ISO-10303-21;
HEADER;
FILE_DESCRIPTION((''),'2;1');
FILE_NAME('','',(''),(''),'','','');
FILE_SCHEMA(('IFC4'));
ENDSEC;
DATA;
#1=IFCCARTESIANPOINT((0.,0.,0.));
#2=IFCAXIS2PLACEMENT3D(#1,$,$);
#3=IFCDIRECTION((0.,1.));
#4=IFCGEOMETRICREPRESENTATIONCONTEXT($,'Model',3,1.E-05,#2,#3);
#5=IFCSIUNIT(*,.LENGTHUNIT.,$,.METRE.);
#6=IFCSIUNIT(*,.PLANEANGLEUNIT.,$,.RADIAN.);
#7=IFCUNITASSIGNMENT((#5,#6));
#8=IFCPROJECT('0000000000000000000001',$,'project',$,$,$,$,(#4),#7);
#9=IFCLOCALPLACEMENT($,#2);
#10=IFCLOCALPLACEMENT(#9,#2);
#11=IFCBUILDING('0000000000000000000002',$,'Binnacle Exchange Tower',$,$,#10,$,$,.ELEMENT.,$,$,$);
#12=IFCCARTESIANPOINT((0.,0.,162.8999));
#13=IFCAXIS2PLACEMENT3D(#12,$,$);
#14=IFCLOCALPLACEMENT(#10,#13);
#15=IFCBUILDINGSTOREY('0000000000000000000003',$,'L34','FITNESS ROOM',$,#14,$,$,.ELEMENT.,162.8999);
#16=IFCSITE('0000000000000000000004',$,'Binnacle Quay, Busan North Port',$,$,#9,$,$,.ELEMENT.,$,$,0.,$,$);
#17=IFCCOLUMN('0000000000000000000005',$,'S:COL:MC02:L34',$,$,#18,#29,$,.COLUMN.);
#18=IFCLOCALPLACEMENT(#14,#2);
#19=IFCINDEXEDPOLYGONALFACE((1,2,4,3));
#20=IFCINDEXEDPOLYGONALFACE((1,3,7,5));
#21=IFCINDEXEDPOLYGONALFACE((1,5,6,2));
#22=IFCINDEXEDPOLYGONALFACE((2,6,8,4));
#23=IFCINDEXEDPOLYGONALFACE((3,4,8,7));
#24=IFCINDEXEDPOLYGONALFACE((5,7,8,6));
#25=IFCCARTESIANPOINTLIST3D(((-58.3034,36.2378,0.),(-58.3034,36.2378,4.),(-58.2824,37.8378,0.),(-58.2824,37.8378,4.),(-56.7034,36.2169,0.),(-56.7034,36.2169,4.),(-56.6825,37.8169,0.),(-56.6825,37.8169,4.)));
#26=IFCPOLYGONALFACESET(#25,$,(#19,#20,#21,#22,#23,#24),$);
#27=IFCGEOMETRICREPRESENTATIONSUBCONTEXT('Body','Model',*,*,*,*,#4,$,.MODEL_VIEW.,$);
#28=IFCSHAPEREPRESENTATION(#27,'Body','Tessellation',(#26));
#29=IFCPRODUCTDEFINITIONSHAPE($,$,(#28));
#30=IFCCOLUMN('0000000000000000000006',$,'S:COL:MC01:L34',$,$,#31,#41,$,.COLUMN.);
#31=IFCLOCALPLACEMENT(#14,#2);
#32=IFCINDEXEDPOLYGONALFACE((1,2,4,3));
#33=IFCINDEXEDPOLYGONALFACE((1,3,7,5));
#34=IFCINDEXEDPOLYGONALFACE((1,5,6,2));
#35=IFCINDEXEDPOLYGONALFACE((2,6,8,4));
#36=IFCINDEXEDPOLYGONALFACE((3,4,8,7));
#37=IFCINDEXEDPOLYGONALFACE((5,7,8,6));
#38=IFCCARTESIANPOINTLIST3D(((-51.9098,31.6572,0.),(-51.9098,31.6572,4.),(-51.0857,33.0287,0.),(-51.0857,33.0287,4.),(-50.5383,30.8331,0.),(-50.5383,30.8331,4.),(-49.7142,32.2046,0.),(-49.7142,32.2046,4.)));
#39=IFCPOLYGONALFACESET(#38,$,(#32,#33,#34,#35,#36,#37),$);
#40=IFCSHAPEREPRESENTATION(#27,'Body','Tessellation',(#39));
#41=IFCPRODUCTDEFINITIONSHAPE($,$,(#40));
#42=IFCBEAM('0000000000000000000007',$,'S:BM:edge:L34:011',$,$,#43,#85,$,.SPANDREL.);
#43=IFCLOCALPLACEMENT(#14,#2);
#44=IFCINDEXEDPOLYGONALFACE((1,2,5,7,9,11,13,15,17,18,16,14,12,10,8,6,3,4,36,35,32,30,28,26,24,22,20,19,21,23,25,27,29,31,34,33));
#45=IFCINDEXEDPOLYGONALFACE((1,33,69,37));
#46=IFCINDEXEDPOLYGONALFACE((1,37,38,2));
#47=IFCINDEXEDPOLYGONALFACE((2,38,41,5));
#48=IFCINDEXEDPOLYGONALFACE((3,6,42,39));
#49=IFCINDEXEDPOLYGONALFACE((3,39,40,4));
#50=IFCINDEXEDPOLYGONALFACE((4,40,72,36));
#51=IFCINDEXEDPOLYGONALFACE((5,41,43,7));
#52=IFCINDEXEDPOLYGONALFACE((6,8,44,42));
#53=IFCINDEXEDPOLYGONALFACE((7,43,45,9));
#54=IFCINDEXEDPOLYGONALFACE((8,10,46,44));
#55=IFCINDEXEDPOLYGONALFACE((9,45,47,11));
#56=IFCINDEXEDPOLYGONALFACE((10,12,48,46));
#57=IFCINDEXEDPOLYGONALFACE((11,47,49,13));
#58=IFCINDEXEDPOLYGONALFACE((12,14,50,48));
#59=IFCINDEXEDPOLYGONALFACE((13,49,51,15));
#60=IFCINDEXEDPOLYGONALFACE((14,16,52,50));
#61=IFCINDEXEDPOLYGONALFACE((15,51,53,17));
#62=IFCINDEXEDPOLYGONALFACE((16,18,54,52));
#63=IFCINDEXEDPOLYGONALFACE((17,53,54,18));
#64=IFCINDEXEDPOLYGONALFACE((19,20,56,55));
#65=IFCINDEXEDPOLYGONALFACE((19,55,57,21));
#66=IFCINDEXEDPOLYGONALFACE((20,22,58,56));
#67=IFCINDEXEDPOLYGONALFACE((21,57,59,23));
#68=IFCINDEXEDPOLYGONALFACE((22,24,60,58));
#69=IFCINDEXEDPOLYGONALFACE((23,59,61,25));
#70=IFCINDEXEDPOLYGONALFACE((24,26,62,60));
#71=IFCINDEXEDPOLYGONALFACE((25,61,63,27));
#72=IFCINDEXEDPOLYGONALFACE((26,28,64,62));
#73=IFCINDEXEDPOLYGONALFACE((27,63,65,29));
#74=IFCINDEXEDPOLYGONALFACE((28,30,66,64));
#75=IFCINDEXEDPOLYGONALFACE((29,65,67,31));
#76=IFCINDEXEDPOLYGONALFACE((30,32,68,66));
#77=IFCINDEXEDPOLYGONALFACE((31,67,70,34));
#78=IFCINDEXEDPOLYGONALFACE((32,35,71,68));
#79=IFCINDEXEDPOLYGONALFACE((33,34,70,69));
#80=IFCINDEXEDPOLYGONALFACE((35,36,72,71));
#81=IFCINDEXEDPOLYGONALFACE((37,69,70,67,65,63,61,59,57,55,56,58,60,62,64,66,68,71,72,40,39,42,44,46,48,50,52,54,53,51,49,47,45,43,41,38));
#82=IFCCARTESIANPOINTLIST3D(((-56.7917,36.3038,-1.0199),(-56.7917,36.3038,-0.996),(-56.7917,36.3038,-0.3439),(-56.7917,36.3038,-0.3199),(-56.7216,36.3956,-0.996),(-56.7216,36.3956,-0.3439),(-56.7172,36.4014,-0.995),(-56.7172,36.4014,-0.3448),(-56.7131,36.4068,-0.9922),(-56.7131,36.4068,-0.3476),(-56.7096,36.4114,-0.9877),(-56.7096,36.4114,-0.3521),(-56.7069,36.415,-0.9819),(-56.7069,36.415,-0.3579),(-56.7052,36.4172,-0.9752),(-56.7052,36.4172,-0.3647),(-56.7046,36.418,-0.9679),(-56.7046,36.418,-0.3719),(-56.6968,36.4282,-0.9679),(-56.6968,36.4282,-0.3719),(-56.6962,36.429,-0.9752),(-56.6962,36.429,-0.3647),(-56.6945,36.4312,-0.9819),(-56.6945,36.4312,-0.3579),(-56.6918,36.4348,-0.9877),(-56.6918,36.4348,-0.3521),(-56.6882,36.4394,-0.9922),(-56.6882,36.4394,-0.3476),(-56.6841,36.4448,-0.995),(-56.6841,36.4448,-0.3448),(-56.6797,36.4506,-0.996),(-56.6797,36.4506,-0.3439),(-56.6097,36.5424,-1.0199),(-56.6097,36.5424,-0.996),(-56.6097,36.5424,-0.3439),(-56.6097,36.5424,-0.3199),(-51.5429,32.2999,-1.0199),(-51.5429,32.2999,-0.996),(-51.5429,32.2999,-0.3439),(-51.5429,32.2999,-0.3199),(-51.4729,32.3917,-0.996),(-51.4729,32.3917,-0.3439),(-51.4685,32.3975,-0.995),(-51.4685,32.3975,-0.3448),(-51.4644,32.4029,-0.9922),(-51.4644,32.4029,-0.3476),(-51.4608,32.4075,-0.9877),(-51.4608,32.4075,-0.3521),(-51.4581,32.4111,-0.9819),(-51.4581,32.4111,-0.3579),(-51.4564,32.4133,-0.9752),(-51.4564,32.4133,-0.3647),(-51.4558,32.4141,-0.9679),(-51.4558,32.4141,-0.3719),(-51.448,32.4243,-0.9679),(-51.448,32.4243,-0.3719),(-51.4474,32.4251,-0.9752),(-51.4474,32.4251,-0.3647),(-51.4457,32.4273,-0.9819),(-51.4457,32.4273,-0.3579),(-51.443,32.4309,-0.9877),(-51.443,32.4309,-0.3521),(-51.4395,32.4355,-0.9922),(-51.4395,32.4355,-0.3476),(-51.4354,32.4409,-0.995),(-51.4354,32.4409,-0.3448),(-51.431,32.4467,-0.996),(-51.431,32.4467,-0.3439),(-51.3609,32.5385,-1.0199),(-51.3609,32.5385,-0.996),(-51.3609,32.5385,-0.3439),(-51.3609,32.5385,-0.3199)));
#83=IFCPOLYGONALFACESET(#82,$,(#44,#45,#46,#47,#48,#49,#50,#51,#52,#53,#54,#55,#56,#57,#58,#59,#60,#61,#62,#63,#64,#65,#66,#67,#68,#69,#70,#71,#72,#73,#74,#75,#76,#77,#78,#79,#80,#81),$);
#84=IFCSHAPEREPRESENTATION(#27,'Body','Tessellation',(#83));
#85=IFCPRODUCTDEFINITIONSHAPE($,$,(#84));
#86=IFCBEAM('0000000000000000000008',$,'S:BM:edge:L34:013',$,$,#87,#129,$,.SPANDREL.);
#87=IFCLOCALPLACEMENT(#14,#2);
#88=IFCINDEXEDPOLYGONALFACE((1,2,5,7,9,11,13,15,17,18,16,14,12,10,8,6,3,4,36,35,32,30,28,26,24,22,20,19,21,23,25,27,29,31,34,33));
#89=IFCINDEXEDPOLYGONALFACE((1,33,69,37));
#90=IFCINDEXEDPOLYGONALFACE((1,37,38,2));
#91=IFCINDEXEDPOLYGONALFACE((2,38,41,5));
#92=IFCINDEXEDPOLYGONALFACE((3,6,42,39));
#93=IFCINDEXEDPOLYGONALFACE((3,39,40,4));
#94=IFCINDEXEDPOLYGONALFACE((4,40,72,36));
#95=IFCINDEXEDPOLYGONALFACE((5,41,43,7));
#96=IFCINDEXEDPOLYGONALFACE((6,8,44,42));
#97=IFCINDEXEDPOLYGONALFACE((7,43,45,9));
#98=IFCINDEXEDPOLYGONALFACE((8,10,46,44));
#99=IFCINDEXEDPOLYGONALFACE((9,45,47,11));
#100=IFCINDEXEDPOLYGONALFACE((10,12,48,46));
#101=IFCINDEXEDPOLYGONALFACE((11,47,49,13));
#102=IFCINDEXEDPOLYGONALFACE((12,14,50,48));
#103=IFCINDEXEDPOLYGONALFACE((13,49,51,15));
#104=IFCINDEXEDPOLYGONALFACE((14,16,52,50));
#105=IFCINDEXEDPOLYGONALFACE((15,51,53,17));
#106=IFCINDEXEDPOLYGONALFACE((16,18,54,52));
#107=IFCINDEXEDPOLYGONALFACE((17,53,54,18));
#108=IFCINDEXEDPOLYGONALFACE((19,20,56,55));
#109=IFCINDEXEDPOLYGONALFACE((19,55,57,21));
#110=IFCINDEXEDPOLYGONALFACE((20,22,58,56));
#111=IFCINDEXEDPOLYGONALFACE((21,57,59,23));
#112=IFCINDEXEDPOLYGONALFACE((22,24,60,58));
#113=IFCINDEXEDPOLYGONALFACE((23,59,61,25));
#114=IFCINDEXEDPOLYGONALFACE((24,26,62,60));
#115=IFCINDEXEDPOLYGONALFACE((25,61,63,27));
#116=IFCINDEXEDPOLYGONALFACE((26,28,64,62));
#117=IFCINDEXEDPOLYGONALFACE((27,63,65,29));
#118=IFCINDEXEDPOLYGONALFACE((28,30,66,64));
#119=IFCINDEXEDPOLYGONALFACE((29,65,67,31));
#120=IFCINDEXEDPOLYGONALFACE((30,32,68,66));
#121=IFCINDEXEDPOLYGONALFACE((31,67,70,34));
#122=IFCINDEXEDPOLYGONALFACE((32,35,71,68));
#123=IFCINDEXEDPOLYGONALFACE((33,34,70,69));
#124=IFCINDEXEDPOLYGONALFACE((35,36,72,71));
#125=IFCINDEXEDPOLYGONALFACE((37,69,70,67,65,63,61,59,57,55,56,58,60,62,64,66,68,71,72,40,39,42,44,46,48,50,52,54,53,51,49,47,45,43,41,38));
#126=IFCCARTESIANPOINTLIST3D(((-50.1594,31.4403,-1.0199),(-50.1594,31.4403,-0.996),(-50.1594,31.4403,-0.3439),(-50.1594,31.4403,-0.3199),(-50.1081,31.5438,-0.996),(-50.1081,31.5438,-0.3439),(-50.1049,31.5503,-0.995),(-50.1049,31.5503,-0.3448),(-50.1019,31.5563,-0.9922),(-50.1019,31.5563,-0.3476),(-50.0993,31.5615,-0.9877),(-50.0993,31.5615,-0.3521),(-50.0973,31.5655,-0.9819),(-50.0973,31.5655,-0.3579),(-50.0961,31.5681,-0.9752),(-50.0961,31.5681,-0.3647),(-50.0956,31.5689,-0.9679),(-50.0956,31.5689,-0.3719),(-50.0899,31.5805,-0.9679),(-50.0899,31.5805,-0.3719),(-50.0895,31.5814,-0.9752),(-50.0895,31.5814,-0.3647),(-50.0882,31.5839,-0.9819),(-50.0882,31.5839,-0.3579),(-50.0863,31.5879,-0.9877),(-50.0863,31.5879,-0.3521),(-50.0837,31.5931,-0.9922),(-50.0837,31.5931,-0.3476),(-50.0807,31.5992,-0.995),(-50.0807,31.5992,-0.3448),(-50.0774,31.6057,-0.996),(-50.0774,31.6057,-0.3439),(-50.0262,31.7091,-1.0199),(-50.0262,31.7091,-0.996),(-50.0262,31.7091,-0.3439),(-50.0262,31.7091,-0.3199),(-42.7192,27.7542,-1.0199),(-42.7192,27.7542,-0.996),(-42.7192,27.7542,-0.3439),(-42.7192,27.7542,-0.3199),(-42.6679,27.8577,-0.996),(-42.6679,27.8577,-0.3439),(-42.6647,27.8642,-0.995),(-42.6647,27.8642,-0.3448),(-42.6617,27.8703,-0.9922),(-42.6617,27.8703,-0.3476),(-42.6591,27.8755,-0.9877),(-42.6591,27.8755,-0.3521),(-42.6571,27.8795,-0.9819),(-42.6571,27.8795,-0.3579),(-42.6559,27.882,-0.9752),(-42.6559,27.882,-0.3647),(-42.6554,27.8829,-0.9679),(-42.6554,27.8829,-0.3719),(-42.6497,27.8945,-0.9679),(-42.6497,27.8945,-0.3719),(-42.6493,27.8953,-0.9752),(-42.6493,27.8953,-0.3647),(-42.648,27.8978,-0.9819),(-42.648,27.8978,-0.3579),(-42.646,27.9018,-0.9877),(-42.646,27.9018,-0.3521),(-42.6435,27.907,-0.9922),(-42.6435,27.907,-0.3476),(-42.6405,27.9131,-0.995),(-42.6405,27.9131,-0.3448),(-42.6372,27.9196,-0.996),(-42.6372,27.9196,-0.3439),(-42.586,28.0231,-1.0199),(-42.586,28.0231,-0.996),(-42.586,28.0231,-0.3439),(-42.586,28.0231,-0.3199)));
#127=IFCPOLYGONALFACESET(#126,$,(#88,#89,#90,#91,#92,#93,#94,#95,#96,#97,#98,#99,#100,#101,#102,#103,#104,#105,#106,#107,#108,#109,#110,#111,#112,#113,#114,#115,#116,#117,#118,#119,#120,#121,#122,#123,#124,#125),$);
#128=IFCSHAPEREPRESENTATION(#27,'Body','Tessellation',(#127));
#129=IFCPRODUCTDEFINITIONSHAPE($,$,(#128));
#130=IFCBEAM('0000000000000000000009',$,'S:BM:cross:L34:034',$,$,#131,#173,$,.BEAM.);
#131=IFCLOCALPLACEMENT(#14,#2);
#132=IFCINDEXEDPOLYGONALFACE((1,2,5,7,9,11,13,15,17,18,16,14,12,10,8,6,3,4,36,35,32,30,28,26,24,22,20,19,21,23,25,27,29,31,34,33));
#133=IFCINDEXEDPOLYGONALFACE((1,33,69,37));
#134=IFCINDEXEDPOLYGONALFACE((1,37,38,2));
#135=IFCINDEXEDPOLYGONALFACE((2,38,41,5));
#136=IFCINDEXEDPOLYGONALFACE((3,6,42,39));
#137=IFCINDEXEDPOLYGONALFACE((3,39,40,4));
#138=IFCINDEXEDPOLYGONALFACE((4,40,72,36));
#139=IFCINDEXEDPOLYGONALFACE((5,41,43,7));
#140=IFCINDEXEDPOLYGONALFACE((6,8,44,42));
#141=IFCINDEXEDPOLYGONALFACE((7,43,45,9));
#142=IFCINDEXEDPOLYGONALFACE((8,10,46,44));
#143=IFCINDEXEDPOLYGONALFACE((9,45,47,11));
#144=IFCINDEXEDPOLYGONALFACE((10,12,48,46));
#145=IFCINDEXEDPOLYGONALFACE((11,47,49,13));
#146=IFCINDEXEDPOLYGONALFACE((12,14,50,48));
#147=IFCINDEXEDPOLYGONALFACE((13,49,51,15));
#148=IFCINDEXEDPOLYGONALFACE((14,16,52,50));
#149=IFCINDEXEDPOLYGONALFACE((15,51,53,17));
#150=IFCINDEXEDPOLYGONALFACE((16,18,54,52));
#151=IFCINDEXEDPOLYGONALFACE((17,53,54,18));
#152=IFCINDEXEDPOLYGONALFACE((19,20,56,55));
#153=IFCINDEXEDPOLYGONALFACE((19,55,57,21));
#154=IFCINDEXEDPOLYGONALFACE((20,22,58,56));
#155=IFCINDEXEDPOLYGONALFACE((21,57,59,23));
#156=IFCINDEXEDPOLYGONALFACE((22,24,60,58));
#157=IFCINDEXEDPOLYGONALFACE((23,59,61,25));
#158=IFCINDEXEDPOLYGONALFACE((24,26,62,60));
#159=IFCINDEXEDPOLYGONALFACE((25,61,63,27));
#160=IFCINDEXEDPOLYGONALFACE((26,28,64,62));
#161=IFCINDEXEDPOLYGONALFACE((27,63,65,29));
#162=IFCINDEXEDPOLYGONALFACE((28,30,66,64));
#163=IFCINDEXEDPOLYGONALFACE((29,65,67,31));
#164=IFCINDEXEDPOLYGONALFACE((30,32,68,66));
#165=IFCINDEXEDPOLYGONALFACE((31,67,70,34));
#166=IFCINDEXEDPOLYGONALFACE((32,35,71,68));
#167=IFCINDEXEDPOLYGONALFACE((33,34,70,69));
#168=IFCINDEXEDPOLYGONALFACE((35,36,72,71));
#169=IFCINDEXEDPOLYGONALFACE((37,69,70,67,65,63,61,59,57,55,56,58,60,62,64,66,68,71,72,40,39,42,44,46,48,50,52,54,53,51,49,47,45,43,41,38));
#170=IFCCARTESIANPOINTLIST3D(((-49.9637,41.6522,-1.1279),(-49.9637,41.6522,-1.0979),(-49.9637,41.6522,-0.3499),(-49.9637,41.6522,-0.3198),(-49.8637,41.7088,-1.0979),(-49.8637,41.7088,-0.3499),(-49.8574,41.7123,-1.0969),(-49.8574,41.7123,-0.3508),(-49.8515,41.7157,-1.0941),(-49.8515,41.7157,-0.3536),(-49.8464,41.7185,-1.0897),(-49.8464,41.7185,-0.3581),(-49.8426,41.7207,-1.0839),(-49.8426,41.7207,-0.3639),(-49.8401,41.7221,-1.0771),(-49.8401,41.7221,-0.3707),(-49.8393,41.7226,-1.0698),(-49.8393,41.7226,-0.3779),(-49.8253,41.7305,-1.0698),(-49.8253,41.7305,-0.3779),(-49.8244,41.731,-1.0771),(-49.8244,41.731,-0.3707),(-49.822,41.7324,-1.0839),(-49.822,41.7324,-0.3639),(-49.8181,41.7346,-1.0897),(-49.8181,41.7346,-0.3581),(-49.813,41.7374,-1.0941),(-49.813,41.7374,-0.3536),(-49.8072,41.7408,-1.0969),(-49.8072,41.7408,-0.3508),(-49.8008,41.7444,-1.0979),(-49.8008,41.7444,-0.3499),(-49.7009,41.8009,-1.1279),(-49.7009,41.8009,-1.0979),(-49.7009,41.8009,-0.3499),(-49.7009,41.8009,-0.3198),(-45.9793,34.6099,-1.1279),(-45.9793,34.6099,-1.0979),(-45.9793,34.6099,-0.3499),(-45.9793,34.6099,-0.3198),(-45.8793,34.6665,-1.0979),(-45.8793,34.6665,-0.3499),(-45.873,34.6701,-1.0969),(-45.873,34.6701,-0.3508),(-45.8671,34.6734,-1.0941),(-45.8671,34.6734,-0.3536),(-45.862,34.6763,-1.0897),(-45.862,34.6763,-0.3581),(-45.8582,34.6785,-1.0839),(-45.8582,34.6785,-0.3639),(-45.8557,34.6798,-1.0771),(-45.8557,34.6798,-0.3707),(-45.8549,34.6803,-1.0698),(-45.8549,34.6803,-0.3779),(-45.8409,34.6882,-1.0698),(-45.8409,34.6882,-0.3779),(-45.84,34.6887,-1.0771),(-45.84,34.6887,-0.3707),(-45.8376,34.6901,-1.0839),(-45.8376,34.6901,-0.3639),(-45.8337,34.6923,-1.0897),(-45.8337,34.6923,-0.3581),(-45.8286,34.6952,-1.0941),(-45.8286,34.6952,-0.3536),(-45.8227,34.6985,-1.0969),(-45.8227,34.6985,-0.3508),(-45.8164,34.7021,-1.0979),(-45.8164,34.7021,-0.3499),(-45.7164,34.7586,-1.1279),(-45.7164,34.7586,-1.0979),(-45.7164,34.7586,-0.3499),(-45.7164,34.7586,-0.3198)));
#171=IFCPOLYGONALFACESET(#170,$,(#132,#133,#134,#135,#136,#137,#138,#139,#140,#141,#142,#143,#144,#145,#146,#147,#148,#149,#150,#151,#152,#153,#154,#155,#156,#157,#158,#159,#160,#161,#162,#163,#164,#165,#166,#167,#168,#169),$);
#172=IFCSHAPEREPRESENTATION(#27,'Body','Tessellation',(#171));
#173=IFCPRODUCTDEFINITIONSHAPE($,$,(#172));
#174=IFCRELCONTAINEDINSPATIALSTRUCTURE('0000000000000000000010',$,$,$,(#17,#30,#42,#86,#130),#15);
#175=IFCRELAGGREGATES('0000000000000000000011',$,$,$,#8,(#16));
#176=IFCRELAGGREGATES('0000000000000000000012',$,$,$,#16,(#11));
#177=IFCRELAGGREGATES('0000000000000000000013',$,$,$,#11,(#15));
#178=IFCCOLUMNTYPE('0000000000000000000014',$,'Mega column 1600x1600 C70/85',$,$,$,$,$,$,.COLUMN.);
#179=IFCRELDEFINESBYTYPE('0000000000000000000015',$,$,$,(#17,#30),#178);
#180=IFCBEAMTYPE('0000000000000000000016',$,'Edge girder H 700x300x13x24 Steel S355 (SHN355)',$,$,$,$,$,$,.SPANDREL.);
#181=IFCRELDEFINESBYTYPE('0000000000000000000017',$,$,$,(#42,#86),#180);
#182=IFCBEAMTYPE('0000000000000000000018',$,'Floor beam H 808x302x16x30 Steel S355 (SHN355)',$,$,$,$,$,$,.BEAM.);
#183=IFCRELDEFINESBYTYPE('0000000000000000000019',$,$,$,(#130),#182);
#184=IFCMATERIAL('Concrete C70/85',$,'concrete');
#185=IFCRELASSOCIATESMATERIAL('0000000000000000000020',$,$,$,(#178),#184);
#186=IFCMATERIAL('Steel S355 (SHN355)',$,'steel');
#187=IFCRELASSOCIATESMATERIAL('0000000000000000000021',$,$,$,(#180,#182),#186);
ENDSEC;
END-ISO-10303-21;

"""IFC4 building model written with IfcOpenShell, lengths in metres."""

from ifc_helpers import new_model, si_unit, direction, frame, origin, origin_2d, place, context, subcontext, project, spatial, rectangle, i_section, extrude, material, material_profile, profile_set, type_object, element, save


model = new_model("IFC4")

# Units and contexts
model_context = context("Model", 3, precision=1e-05, world=origin(), true_north=direction((0.0, 1.0)))
body_context = subcontext(model_context, "Body", "Model", "MODEL_VIEW")
ifc_project = project(units=[si_unit("LENGTHUNIT", "METRE"), si_unit("PLANEANGLEUNIT", "RADIAN")], contexts=[model_context])

# Site, building, storey
site_placement = place(None, origin())
site = spatial("IfcSite", under=ifc_project, at=site_placement, Name="Binnacle Quay, Busan North Port", CompositionType="ELEMENT", RefElevation=0.0)
building_placement = place(site_placement, origin())
building = spatial("IfcBuilding", under=site, at=building_placement, Name="Binnacle Exchange Tower", CompositionType="ELEMENT")
storey_placement = place(building_placement, frame((0.0, 0.0, 162.8999)))
storey = spatial("IfcBuildingStorey", under=building, at=storey_placement, Name="L34", Description="FITNESS ROOM", CompositionType="ELEMENT", Elevation=162.8999)

# Columns
ifc_material_1 = material(Name="Concrete C70/85", Category="concrete")
ifc_material_profile_1 = material_profile(ifc_material_1, rectangle(XDim=1.6001, YDim=1.6001, at=origin_2d()), Name="Mega column 1600x1600 C70/85")
ifc_profile_set_1 = profile_set([ifc_material_profile_1], Name="Concrete C70/85")
column_type = type_object("IfcColumnType", Name="Mega column 1600x1600 C70/85", PredefinedType="COLUMN", material=ifc_profile_set_1)
for number, where, z_axis, x_axis, name in (
    (1, (-57.4929, 37.0273, 0.0), (0.0, 0.0, 1.0), (-0.01309, -0.999914, 0.0), "S:COL:MC02:L34"),
    (2, (-50.812, 31.9309, 0.0), (0.0, 0.0, 1.0), (0.857167, -0.515038, 0.0), "S:COL:MC01:L34"),
):
    element("IfcColumn", number, at=place(storey_placement, frame(where, z_axis=z_axis, x_axis=x_axis)), inside=storey, type_object=column_type, Name=name, PredefinedType="COLUMN", context=body_context, shape_type="SweptSolid", body=[
        extrude(rectangle(XDim=1.6001, YDim=1.6001, at=origin_2d()), origin(), (0.0, 0.0, 1.0), 4.0),
    ])

# Beams
ifc_material_2 = material(Name="Steel S355 (SHN355)", Category="steel")
ifc_material_profile_2 = material_profile(ifc_material_2, i_section(OverallWidth=0.3, OverallDepth=0.7, WebThickness=0.0129, FlangeThickness=0.0239, FilletRadius=0.0281, at=origin_2d()), Name="H 700x300x13x24")
ifc_profile_set_2 = profile_set([ifc_material_profile_2], Name="Steel S355 (SHN355)")
beam_type_1 = type_object("IfcBeamType", Name="Edge girder H 700x300x13x24 Steel S355 (SHN355)", PredefinedType="SPANDREL", material=ifc_profile_set_2)
beam_1_placement = place(storey_placement, frame((-56.7007, 36.4231, -0.6699), z_axis=(0.795078, -0.606507, 0.0), x_axis=(0.606507, 0.795078, 0.0)))
element("IfcBeam", 3, at=beam_1_placement, inside=storey, type_object=beam_type_1, Name="S:BM:edge:L34:011", PredefinedType="SPANDREL", context=body_context, shape_type="SweptSolid", body=[
    extrude(i_section(OverallWidth=0.3, OverallDepth=0.7, WebThickness=0.0129, FlangeThickness=0.0239, FilletRadius=0.0281, at=origin_2d()), origin(), (0.0, 0.0, 1.0), 6.6016),
])
beam_2_placement = place(storey_placement, frame((-50.0928, 31.5747, -0.6699), z_axis=(0.896062, -0.443929, 0.0), x_axis=(0.443929, 0.896062, 0.0)))
element("IfcBeam", 4, at=beam_2_placement, inside=storey, type_object=beam_type_1, Name="S:BM:edge:L34:013", PredefinedType="SPANDREL", context=body_context, shape_type="SweptSolid", body=[
    extrude(i_section(OverallWidth=0.3, OverallDepth=0.7, WebThickness=0.0129, FlangeThickness=0.0239, FilletRadius=0.0281, at=origin_2d()), origin(), (0.0, 0.0, 1.0), 8.3032),
])
ifc_material_profile_3 = material_profile(ifc_material_2, i_section(OverallWidth=0.302, OverallDepth=0.8081, WebThickness=0.0161, FlangeThickness=0.03, FilletRadius=0.0281, at=origin_2d()), Name="H 808x302x16x30")
ifc_profile_set_3 = profile_set([ifc_material_profile_3], Name="Steel S355 (SHN355)")
beam_type_2 = type_object("IfcBeamType", Name="Floor beam H 808x302x16x30 Steel S355 (SHN355)", PredefinedType="BEAM", material=ifc_profile_set_3)
beam_3_placement = place(storey_placement, frame((-49.8323, 41.7266, -0.7239), z_axis=(0.49243, -0.870352, 0.0), x_axis=(0.870352, 0.49243, 0.0)))
element("IfcBeam", 5, at=beam_3_placement, inside=storey, type_object=beam_type_2, Name="S:BM:cross:L34:034", PredefinedType="BEAM", context=body_context, shape_type="SweptSolid", body=[
    extrude(i_section(OverallWidth=0.302, OverallDepth=0.8081, WebThickness=0.0161, FlangeThickness=0.03, FilletRadius=0.0281, at=origin_2d()), origin(), (0.0, 0.0, 1.0), 8.0913),
])

save(model, "model.ifc")
